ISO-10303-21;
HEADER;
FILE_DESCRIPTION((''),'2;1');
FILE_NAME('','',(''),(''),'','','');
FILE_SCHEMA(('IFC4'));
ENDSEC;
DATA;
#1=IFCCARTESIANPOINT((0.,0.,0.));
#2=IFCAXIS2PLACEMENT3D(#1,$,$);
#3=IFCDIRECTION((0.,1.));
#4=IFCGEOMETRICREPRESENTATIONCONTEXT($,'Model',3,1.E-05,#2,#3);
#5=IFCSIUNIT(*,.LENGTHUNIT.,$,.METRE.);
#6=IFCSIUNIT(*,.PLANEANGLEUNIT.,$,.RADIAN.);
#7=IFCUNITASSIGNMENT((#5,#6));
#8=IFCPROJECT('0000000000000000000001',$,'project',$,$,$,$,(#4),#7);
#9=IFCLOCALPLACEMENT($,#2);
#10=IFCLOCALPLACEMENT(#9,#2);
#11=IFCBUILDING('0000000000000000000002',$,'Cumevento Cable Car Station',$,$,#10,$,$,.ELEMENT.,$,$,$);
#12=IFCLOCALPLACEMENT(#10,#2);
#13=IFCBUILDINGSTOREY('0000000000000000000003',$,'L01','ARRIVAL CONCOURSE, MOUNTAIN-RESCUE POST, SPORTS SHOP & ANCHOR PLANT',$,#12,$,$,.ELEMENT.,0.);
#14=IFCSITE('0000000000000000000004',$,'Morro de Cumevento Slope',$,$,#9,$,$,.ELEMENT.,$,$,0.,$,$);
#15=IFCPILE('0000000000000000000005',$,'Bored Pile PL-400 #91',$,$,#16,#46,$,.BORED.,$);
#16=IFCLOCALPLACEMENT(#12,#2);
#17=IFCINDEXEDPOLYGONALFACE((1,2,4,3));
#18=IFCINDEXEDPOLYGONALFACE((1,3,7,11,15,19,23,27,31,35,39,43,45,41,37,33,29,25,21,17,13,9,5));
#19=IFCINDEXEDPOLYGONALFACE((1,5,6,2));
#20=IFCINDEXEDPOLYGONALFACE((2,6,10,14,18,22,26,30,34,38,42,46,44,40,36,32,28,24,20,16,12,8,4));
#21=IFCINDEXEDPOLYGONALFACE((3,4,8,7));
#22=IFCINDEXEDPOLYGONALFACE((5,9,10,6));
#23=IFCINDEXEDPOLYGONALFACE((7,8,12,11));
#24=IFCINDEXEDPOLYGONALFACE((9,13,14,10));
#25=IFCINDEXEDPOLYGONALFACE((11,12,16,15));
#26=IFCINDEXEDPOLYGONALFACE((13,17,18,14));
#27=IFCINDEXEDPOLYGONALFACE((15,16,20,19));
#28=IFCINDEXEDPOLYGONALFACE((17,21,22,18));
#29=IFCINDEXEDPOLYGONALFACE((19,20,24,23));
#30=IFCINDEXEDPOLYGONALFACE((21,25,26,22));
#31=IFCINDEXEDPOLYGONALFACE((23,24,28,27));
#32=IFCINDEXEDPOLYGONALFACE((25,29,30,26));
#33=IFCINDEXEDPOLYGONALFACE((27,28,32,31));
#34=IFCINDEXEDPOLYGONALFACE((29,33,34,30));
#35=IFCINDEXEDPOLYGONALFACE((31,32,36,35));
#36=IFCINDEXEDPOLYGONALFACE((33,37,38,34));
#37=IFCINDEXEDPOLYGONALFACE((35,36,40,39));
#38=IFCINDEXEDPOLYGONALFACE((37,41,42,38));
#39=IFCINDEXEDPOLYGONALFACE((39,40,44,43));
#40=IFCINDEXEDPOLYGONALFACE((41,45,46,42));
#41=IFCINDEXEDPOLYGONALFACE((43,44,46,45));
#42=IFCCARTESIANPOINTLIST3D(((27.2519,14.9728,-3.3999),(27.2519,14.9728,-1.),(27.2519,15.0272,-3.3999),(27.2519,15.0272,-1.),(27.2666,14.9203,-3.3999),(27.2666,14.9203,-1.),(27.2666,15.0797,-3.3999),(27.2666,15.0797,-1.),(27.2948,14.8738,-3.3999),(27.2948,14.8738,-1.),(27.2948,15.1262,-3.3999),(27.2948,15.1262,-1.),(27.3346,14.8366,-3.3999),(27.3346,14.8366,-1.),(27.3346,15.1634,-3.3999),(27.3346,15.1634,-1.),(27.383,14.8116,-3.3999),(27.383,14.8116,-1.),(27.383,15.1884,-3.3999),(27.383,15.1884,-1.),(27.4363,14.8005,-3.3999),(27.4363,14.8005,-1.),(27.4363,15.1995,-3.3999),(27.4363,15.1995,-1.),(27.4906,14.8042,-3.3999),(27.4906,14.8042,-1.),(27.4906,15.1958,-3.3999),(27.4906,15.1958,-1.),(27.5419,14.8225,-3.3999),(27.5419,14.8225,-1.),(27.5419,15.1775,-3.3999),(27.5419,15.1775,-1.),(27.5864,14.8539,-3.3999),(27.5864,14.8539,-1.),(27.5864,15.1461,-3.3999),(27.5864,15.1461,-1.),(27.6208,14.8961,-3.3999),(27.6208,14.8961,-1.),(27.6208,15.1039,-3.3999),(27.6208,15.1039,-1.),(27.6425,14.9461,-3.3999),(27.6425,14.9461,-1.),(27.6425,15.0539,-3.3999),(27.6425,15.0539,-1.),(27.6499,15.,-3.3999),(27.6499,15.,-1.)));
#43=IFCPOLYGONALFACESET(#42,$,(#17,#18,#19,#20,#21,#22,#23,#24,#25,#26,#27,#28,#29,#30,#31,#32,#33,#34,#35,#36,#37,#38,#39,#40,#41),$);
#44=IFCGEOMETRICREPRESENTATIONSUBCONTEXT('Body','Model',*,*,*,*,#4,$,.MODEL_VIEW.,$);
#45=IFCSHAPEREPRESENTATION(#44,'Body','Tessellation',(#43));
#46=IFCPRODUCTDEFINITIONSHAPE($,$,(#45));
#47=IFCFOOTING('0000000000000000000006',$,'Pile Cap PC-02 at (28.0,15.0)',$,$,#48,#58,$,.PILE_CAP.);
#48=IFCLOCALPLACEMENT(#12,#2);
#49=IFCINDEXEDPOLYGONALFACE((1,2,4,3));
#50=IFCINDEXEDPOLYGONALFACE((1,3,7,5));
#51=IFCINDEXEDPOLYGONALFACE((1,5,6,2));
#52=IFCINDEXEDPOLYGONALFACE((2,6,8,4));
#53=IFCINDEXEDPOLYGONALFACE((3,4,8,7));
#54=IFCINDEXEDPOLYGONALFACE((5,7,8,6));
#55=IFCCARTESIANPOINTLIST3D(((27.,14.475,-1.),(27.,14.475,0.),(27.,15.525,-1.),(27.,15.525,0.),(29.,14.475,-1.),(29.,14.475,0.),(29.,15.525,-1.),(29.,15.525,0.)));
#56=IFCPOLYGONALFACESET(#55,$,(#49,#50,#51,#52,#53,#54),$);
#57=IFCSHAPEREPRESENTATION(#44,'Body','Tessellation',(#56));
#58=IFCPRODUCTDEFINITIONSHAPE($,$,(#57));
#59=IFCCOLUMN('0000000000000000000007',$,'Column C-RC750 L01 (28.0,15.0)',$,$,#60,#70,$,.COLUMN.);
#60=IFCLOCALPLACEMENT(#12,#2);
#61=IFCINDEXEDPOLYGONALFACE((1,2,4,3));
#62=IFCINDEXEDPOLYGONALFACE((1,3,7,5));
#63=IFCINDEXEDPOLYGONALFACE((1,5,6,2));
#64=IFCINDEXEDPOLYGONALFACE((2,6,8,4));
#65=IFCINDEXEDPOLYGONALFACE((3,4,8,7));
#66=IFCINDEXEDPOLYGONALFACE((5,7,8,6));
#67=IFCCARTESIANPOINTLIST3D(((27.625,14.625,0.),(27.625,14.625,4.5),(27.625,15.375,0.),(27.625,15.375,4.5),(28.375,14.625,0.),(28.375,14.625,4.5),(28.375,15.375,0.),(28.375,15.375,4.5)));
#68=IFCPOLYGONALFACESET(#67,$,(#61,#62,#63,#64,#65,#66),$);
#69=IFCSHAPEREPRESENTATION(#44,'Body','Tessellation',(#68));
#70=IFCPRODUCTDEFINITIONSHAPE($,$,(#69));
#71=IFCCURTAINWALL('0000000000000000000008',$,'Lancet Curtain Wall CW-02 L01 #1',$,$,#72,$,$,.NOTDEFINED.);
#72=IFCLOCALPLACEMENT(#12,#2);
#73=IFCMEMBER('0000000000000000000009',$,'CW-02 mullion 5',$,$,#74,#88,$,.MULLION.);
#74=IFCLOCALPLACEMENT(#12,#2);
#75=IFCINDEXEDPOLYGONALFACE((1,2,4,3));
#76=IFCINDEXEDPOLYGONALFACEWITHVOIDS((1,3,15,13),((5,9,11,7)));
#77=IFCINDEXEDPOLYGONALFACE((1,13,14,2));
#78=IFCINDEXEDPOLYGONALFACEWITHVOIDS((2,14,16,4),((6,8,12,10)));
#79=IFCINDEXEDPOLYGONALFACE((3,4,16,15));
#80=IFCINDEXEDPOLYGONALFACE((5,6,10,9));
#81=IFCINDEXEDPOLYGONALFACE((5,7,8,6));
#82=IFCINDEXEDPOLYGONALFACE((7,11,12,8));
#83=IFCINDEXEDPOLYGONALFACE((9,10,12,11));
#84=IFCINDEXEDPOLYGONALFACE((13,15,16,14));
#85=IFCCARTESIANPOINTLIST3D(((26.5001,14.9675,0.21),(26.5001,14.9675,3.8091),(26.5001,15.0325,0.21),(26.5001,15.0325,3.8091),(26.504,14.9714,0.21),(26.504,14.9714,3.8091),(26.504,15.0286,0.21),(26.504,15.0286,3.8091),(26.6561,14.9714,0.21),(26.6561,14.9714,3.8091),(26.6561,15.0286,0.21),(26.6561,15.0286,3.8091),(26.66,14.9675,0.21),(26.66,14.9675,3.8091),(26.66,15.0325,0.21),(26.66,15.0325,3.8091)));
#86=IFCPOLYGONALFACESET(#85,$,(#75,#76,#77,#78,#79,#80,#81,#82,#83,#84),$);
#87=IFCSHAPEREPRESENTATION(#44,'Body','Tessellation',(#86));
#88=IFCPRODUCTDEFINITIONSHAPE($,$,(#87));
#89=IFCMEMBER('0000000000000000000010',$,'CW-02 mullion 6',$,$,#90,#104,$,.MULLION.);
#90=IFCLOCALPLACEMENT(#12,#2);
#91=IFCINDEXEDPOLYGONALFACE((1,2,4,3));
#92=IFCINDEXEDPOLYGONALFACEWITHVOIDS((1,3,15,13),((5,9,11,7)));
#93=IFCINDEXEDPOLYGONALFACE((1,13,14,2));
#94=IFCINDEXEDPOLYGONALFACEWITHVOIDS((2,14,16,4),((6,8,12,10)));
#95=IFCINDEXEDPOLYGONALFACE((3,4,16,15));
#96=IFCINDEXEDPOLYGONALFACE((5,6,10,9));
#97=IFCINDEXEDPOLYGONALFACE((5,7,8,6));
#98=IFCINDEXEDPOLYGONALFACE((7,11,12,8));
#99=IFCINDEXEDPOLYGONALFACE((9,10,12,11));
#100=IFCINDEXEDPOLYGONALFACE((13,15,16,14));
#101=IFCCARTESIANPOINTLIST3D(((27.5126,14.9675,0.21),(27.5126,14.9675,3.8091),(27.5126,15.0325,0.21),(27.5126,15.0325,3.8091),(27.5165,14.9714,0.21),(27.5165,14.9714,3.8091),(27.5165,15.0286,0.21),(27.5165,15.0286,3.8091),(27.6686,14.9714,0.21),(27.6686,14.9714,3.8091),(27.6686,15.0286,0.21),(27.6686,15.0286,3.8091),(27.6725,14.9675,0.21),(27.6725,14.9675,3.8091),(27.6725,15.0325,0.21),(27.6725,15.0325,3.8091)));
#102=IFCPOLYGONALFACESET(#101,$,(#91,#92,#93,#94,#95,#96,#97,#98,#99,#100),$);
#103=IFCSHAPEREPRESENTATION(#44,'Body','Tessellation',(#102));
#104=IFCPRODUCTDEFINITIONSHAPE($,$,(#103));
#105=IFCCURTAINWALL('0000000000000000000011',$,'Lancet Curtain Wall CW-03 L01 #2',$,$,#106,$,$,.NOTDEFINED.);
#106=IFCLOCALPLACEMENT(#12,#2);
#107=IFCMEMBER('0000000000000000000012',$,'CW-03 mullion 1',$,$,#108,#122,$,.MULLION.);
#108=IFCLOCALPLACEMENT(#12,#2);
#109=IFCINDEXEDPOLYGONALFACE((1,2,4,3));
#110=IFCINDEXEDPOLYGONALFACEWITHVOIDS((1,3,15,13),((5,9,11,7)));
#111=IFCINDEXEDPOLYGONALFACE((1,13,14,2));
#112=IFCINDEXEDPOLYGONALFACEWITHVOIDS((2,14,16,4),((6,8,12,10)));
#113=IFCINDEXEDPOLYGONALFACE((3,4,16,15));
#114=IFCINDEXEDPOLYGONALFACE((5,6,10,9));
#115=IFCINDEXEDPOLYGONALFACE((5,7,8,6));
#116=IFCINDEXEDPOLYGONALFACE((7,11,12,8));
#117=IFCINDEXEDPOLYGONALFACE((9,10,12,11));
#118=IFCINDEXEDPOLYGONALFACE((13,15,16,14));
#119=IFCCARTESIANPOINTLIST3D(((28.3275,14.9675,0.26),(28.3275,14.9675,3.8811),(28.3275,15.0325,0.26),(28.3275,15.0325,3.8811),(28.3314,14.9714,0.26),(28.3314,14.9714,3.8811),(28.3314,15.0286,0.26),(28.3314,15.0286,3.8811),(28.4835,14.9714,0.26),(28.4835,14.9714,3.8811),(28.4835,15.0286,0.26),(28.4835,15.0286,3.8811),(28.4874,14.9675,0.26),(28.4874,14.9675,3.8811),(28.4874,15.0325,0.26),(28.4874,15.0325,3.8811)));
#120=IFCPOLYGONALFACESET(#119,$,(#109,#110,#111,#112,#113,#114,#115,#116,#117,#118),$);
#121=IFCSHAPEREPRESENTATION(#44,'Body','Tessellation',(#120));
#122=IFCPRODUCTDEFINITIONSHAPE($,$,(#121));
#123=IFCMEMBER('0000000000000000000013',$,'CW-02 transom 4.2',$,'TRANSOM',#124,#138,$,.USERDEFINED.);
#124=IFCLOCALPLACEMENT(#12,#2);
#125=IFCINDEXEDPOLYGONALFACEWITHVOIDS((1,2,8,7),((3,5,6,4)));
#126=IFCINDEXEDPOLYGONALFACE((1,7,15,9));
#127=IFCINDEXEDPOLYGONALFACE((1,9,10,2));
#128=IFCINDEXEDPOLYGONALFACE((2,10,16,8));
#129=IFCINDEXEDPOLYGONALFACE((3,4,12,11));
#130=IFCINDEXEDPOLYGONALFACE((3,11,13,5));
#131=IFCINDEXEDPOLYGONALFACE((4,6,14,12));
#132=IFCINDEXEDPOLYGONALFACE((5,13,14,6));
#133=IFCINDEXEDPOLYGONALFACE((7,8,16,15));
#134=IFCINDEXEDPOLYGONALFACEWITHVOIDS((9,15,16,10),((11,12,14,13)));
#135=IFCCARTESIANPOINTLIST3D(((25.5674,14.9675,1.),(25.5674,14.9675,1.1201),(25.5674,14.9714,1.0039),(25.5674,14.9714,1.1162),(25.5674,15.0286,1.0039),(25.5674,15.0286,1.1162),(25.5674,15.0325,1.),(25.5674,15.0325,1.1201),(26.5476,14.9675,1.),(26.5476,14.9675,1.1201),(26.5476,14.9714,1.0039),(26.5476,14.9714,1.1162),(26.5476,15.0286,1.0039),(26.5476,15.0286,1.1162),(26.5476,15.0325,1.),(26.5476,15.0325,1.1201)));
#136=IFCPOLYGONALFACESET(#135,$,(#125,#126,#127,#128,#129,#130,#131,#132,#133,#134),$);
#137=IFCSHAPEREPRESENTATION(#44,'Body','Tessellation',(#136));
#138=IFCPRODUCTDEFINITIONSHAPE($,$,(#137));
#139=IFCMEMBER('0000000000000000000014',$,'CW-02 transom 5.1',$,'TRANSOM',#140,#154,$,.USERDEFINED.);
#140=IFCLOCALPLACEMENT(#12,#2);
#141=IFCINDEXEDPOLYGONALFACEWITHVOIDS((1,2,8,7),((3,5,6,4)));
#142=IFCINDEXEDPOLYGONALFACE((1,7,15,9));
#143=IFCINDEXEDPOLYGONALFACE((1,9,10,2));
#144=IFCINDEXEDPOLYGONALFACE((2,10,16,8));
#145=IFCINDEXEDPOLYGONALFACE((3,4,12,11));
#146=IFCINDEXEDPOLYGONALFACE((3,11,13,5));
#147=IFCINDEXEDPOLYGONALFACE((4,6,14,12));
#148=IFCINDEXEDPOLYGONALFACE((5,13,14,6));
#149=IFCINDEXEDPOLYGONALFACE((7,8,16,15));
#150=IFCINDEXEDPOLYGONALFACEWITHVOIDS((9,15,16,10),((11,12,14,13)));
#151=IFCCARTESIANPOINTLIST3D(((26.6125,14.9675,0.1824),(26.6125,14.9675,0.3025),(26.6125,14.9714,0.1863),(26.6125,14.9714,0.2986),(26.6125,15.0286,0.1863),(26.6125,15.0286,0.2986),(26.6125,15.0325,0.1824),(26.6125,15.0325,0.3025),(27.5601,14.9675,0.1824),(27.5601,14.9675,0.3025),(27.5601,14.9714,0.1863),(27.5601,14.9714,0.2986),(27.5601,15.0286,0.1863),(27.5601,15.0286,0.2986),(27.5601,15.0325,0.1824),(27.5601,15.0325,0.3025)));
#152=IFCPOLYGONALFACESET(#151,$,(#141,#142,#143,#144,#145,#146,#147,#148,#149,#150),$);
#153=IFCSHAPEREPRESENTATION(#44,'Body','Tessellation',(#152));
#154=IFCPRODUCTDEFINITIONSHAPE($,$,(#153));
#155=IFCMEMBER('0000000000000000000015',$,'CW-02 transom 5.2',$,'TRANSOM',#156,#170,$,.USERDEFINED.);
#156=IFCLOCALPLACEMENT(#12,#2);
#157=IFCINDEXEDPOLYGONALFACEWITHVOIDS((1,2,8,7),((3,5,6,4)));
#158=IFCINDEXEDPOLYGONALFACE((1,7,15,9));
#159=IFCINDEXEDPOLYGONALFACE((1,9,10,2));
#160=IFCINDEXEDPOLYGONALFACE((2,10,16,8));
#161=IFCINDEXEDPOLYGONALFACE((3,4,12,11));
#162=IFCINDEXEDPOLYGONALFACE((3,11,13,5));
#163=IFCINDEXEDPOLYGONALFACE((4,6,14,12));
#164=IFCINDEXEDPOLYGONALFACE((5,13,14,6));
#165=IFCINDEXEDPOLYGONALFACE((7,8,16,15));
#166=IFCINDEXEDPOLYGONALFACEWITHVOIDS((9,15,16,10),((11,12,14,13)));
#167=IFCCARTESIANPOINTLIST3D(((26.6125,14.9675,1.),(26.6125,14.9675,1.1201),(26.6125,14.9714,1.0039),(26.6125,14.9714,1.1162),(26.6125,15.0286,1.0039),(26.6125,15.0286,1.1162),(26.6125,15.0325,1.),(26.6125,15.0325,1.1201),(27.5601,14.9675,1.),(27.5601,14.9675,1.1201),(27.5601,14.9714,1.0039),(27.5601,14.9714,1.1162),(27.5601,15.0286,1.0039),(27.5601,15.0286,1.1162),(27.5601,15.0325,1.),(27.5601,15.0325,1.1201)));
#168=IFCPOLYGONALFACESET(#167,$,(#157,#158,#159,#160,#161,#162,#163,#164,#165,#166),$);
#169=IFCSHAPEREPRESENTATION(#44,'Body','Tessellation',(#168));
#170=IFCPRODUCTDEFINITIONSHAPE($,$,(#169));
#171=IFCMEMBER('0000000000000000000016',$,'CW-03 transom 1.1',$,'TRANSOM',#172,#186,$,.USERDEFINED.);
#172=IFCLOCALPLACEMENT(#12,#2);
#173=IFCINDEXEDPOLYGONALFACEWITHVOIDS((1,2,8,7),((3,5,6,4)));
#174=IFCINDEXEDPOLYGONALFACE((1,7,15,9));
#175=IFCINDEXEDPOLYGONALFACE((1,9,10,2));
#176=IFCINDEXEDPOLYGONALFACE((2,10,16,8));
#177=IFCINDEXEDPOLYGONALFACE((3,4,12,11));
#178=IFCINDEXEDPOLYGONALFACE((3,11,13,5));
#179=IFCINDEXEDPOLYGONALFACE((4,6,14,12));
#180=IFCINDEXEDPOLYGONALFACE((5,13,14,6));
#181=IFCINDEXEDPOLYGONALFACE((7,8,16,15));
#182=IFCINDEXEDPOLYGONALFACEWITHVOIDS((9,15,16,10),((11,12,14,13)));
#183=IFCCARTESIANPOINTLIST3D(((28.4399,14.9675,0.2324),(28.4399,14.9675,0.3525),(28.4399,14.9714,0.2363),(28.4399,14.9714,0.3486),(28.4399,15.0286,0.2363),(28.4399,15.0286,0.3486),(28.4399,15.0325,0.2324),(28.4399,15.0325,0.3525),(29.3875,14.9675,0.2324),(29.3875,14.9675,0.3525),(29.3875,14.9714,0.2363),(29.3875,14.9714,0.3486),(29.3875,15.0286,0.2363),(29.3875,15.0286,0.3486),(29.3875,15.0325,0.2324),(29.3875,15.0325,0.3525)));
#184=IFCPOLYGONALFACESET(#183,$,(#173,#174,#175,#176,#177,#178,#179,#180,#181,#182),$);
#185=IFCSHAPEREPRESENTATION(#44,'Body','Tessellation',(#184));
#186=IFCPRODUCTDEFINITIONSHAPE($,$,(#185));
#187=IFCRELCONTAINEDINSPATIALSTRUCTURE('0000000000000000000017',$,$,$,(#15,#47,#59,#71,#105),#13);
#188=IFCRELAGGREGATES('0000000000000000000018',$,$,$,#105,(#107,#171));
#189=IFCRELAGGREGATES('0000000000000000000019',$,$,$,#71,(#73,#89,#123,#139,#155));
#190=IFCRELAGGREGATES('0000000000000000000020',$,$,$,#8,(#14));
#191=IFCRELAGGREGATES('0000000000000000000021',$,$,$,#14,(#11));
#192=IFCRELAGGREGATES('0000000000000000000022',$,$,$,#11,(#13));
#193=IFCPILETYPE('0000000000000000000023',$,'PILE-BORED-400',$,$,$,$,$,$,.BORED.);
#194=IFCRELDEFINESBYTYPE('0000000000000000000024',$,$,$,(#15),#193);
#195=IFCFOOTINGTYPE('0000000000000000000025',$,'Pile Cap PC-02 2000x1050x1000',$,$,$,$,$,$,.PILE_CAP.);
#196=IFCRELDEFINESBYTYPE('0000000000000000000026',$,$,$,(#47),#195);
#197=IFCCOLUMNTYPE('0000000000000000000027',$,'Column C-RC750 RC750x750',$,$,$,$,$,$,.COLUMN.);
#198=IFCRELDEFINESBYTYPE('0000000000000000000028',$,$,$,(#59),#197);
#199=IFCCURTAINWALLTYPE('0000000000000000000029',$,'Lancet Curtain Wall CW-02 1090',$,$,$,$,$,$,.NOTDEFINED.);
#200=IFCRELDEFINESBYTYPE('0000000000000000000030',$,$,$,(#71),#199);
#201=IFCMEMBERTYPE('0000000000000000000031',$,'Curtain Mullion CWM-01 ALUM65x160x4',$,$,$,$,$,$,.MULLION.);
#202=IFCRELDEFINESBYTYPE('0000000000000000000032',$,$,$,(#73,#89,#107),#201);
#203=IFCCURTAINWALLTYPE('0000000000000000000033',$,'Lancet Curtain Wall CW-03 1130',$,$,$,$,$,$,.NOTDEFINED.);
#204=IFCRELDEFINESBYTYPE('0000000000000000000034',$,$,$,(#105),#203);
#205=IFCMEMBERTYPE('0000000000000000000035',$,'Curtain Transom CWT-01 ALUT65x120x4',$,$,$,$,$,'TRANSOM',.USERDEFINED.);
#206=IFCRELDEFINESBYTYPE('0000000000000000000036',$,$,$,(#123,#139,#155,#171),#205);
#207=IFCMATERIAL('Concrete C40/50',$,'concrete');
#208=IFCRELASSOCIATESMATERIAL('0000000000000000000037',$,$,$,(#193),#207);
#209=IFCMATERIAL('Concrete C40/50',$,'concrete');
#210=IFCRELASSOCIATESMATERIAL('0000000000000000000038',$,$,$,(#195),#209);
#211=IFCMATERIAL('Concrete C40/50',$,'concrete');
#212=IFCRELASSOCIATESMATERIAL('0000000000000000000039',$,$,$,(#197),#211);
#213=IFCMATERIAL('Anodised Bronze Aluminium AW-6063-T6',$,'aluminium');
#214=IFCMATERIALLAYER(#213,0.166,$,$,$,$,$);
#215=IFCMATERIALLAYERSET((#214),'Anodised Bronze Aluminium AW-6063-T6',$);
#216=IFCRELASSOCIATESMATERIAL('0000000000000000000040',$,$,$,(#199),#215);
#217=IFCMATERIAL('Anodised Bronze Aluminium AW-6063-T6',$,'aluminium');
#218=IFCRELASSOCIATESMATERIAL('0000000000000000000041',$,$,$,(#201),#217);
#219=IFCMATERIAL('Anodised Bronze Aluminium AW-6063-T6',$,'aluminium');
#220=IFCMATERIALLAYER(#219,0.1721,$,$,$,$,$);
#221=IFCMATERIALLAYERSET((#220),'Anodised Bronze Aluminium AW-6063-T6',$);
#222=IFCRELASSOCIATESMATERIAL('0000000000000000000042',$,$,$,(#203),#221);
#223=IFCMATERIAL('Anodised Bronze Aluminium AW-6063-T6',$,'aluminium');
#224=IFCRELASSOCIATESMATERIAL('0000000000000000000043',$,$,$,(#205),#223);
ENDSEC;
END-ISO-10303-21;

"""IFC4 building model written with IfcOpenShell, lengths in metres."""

from ifc_helpers import new_model, si_unit, direction, frame, origin, origin_2d, place, context, subcontext, project, spatial, rectangle, hollow_rectangle, circle, extrude, material, layer, layer_set, material_profile, profile_set, type_object, element, aggregate, save


model = new_model("IFC4")

# Units and contexts
model_context = context("Model", 3, precision=1e-05, world=origin(), true_north=direction((0.0, 1.0)))
body_context = subcontext(model_context, "Body", "Model", "MODEL_VIEW")
ifc_project = project(units=[si_unit("LENGTHUNIT", "METRE"), si_unit("PLANEANGLEUNIT", "RADIAN")], contexts=[model_context])

# Site, building, storey
site_placement = place(None, origin())
site = spatial("IfcSite", under=ifc_project, at=site_placement, Name="Morro de Cumevento Slope", CompositionType="ELEMENT", RefElevation=0.0)
building_placement = place(site_placement, origin())
building = spatial("IfcBuilding", under=site, at=building_placement, Name="Cumevento Cable Car Station", CompositionType="ELEMENT")
storey_placement = place(building_placement, origin())
storey = spatial("IfcBuildingStorey", under=building, at=storey_placement, Name="L01", Description="ARRIVAL CONCOURSE, MOUNTAIN-RESCUE POST, SPORTS SHOP & ANCHOR PLANT", CompositionType="ELEMENT", Elevation=0.0)

# Pile
ifc_material_1 = material(Name="Concrete C40/50", Category="concrete")
ifc_material_profile_1 = material_profile(ifc_material_1, circle(Radius=0.2, at=origin_2d()), Name="PILE-D400")
ifc_profile_set_1 = profile_set([ifc_material_profile_1], Name="Concrete C40/50")
pile_type = type_object("IfcPileType", Name="PILE-BORED-400", PredefinedType="BORED", material=ifc_profile_set_1)
pile_placement = place(storey_placement, frame((27.45, 15.0, -1.0), z_axis=(0.0, 0.0, -1.0), x_axis=(1.0, 0.0, 0.0)))
element("IfcPile", 1, at=pile_placement, inside=storey, type_object=pile_type, Name="Bored Pile PL-400 #91", PredefinedType="BORED", context=body_context, shape_type="SweptSolid", body=[
    extrude(circle(Radius=0.2, at=origin_2d()), origin(), (0.0, 0.0, 1.0), 2.3999),
])

# Footing
ifc_material_2 = material(Name="Concrete C40/50", Category="concrete")
footing_type = type_object("IfcFootingType", Name="Pile Cap PC-02 2000x1050x1000", PredefinedType="PILE_CAP", material=ifc_material_2)
footing_placement = place(storey_placement, frame((28.0, 15.0, -1.0), z_axis=(0.0, 0.0, 1.0), x_axis=(1.0, 0.0, 0.0)))
element("IfcFooting", 2, at=footing_placement, inside=storey, type_object=footing_type, Name="Pile Cap PC-02 at (28.0,15.0)", PredefinedType="PILE_CAP", context=body_context, shape_type="SweptSolid", body=[
    extrude(rectangle(XDim=2.0, YDim=1.05, at=origin_2d()), origin(), (0.0, 0.0, 1.0), 1.0),
])

# Column
ifc_material_3 = material(Name="Concrete C40/50", Category="concrete")
ifc_material_profile_2 = material_profile(ifc_material_3, rectangle(XDim=0.75, YDim=0.75, at=origin_2d()), Name="RC750x750")
ifc_profile_set_2 = profile_set([ifc_material_profile_2], Name="Concrete C40/50")
column_type = type_object("IfcColumnType", Name="Column C-RC750 RC750x750", PredefinedType="COLUMN", material=ifc_profile_set_2)
column_placement = place(storey_placement, frame((28.0, 15.0, 0.0), z_axis=(0.0, 0.0, 1.0), x_axis=(1.0, 0.0, 0.0)))
element("IfcColumn", 3, at=column_placement, inside=storey, type_object=column_type, Name="Column C-RC750 L01 (28.0,15.0)", PredefinedType="COLUMN", context=body_context, shape_type="SweptSolid", body=[
    extrude(rectangle(XDim=0.75, YDim=0.75, at=origin_2d()), origin(), (0.0, 0.0, 1.0), 4.5),
])

# Curtain wall, members
ifc_material_4 = material(Name="Anodised Bronze Aluminium AW-6063-T6", Category="aluminium")
ifc_layer_1 = layer(ifc_material_4, 0.166)
ifc_layer_set_1 = layer_set([ifc_layer_1], Name="Anodised Bronze Aluminium AW-6063-T6")
curtain_wall_type_1 = type_object("IfcCurtainWallType", Name="Lancet Curtain Wall CW-02 1090", PredefinedType="NOTDEFINED", material=ifc_layer_set_1)
curtain_wall_1_placement = place(storey_placement, origin())
curtain_wall_1 = element("IfcCurtainWall", 4, at=curtain_wall_1_placement, inside=storey, type_object=curtain_wall_type_1, Name="Lancet Curtain Wall CW-02 L01 #1", PredefinedType="NOTDEFINED")
ifc_material_5 = material(Name="Anodised Bronze Aluminium AW-6063-T6", Category="aluminium")
ifc_material_profile_3 = material_profile(ifc_material_5, hollow_rectangle(XDim=0.0649, YDim=0.1599, WallThickness=0.0039, at=origin_2d()), Name="ALUM65x160x4")
ifc_profile_set_3 = profile_set([ifc_material_profile_3], Name="Anodised Bronze Aluminium AW-6063-T6")
member_type_1 = type_object("IfcMemberType", Name="Curtain Mullion CWM-01 ALUM65x160x4", PredefinedType="MULLION", material=ifc_profile_set_3)
member_1_placement = place(storey_placement, frame((26.5801, 15.0, 0.21), z_axis=(0.0, 0.0, 1.0), x_axis=(0.0, 1.0, 0.0)))
member_1 = element("IfcMember", 5, at=member_1_placement, type_object=member_type_1, Name="CW-02 mullion 5", PredefinedType="MULLION", context=body_context, shape_type="SweptSolid", body=[
    extrude(hollow_rectangle(XDim=0.0649, YDim=0.1599, WallThickness=0.0039, at=origin_2d()), origin(), (0.0, 0.0, 1.0), 3.5991),
])
member_2_placement = place(storey_placement, frame((27.5925, 15.0, 0.21), z_axis=(0.0, 0.0, 1.0), x_axis=(0.0, 1.0, 0.0)))
member_2 = element("IfcMember", 6, at=member_2_placement, type_object=member_type_1, Name="CW-02 mullion 6", PredefinedType="MULLION", context=body_context, shape_type="SweptSolid", body=[
    extrude(hollow_rectangle(XDim=0.0649, YDim=0.1599, WallThickness=0.0039, at=origin_2d()), origin(), (0.0, 0.0, 1.0), 3.5991),
])

# Curtain wall, member
ifc_material_6 = material(Name="Anodised Bronze Aluminium AW-6063-T6", Category="aluminium")
ifc_layer_2 = layer(ifc_material_6, 0.1721)
ifc_layer_set_2 = layer_set([ifc_layer_2], Name="Anodised Bronze Aluminium AW-6063-T6")
curtain_wall_type_2 = type_object("IfcCurtainWallType", Name="Lancet Curtain Wall CW-03 1130", PredefinedType="NOTDEFINED", material=ifc_layer_set_2)
curtain_wall_2_placement = place(storey_placement, origin())
curtain_wall_2 = element("IfcCurtainWall", 7, at=curtain_wall_2_placement, inside=storey, type_object=curtain_wall_type_2, Name="Lancet Curtain Wall CW-03 L01 #2", PredefinedType="NOTDEFINED")
member_3_placement = place(storey_placement, frame((28.4075, 15.0, 0.26), z_axis=(0.0, 0.0, 1.0), x_axis=(0.0, 1.0, 0.0)))
member_3 = element("IfcMember", 8, at=member_3_placement, type_object=member_type_1, Name="CW-03 mullion 1", PredefinedType="MULLION", context=body_context, shape_type="SweptSolid", body=[
    extrude(hollow_rectangle(XDim=0.0649, YDim=0.1599, WallThickness=0.0039, at=origin_2d()), origin(), (0.0, 0.0, 1.0), 3.6211),
])

# Members
ifc_material_7 = material(Name="Anodised Bronze Aluminium AW-6063-T6", Category="aluminium")
ifc_material_profile_4 = material_profile(ifc_material_7, hollow_rectangle(XDim=0.0649, YDim=0.1201, WallThickness=0.0039, at=origin_2d()), Name="ALUT65x120x4")
ifc_profile_set_4 = profile_set([ifc_material_profile_4], Name="Anodised Bronze Aluminium AW-6063-T6")
member_type_2 = type_object("IfcMemberType", Name="Curtain Transom CWT-01 ALUT65x120x4", ElementType="TRANSOM", PredefinedType="USERDEFINED", material=ifc_profile_set_4)
member_4_placement = place(storey_placement, frame((25.5674, 15.0, 1.0601), z_axis=(1.0, 0.0, 0.0), x_axis=(0.0, 1.0, 0.0)))
member_4 = element("IfcMember", 9, at=member_4_placement, type_object=member_type_2, Name="CW-02 transom 4.2", ObjectType="TRANSOM", PredefinedType="USERDEFINED", context=body_context, shape_type="SweptSolid", body=[
    extrude(hollow_rectangle(XDim=0.0649, YDim=0.1201, WallThickness=0.0039, at=origin_2d()), origin(), (0.0, 0.0, 1.0), 0.9802),
])
member_5_placement = place(storey_placement, frame((26.6125, 15.0, 0.2424), z_axis=(1.0, 0.0, 0.0), x_axis=(0.0, 1.0, 0.0)))
member_5 = element("IfcMember", 10, at=member_5_placement, type_object=member_type_2, Name="CW-02 transom 5.1", ObjectType="TRANSOM", PredefinedType="USERDEFINED", context=body_context, shape_type="SweptSolid", body=[
    extrude(hollow_rectangle(XDim=0.0649, YDim=0.1201, WallThickness=0.0039, at=origin_2d()), origin(), (0.0, 0.0, 1.0), 0.9475),
])
member_6_placement = place(storey_placement, frame((26.6125, 15.0, 1.0601), z_axis=(1.0, 0.0, 0.0), x_axis=(0.0, 1.0, 0.0)))
member_6 = element("IfcMember", 11, at=member_6_placement, type_object=member_type_2, Name="CW-02 transom 5.2", ObjectType="TRANSOM", PredefinedType="USERDEFINED", context=body_context, shape_type="SweptSolid", body=[
    extrude(hollow_rectangle(XDim=0.0649, YDim=0.1201, WallThickness=0.0039, at=origin_2d()), origin(), (0.0, 0.0, 1.0), 0.9475),
])
member_7_placement = place(storey_placement, frame((28.4399, 15.0, 0.2925), z_axis=(1.0, 0.0, 0.0), x_axis=(0.0, 1.0, 0.0)))
member_7 = element("IfcMember", 12, at=member_7_placement, type_object=member_type_2, Name="CW-03 transom 1.1", ObjectType="TRANSOM", PredefinedType="USERDEFINED", context=body_context, shape_type="SweptSolid", body=[
    extrude(hollow_rectangle(XDim=0.0649, YDim=0.1201, WallThickness=0.0039, at=origin_2d()), origin(), (0.0, 0.0, 1.0), 0.9475),
])
aggregate(curtain_wall_2, [member_3, member_7])

aggregate(curtain_wall_1, [member_1, member_2, member_4, member_5, member_6])

save(model, "model.ifc")
